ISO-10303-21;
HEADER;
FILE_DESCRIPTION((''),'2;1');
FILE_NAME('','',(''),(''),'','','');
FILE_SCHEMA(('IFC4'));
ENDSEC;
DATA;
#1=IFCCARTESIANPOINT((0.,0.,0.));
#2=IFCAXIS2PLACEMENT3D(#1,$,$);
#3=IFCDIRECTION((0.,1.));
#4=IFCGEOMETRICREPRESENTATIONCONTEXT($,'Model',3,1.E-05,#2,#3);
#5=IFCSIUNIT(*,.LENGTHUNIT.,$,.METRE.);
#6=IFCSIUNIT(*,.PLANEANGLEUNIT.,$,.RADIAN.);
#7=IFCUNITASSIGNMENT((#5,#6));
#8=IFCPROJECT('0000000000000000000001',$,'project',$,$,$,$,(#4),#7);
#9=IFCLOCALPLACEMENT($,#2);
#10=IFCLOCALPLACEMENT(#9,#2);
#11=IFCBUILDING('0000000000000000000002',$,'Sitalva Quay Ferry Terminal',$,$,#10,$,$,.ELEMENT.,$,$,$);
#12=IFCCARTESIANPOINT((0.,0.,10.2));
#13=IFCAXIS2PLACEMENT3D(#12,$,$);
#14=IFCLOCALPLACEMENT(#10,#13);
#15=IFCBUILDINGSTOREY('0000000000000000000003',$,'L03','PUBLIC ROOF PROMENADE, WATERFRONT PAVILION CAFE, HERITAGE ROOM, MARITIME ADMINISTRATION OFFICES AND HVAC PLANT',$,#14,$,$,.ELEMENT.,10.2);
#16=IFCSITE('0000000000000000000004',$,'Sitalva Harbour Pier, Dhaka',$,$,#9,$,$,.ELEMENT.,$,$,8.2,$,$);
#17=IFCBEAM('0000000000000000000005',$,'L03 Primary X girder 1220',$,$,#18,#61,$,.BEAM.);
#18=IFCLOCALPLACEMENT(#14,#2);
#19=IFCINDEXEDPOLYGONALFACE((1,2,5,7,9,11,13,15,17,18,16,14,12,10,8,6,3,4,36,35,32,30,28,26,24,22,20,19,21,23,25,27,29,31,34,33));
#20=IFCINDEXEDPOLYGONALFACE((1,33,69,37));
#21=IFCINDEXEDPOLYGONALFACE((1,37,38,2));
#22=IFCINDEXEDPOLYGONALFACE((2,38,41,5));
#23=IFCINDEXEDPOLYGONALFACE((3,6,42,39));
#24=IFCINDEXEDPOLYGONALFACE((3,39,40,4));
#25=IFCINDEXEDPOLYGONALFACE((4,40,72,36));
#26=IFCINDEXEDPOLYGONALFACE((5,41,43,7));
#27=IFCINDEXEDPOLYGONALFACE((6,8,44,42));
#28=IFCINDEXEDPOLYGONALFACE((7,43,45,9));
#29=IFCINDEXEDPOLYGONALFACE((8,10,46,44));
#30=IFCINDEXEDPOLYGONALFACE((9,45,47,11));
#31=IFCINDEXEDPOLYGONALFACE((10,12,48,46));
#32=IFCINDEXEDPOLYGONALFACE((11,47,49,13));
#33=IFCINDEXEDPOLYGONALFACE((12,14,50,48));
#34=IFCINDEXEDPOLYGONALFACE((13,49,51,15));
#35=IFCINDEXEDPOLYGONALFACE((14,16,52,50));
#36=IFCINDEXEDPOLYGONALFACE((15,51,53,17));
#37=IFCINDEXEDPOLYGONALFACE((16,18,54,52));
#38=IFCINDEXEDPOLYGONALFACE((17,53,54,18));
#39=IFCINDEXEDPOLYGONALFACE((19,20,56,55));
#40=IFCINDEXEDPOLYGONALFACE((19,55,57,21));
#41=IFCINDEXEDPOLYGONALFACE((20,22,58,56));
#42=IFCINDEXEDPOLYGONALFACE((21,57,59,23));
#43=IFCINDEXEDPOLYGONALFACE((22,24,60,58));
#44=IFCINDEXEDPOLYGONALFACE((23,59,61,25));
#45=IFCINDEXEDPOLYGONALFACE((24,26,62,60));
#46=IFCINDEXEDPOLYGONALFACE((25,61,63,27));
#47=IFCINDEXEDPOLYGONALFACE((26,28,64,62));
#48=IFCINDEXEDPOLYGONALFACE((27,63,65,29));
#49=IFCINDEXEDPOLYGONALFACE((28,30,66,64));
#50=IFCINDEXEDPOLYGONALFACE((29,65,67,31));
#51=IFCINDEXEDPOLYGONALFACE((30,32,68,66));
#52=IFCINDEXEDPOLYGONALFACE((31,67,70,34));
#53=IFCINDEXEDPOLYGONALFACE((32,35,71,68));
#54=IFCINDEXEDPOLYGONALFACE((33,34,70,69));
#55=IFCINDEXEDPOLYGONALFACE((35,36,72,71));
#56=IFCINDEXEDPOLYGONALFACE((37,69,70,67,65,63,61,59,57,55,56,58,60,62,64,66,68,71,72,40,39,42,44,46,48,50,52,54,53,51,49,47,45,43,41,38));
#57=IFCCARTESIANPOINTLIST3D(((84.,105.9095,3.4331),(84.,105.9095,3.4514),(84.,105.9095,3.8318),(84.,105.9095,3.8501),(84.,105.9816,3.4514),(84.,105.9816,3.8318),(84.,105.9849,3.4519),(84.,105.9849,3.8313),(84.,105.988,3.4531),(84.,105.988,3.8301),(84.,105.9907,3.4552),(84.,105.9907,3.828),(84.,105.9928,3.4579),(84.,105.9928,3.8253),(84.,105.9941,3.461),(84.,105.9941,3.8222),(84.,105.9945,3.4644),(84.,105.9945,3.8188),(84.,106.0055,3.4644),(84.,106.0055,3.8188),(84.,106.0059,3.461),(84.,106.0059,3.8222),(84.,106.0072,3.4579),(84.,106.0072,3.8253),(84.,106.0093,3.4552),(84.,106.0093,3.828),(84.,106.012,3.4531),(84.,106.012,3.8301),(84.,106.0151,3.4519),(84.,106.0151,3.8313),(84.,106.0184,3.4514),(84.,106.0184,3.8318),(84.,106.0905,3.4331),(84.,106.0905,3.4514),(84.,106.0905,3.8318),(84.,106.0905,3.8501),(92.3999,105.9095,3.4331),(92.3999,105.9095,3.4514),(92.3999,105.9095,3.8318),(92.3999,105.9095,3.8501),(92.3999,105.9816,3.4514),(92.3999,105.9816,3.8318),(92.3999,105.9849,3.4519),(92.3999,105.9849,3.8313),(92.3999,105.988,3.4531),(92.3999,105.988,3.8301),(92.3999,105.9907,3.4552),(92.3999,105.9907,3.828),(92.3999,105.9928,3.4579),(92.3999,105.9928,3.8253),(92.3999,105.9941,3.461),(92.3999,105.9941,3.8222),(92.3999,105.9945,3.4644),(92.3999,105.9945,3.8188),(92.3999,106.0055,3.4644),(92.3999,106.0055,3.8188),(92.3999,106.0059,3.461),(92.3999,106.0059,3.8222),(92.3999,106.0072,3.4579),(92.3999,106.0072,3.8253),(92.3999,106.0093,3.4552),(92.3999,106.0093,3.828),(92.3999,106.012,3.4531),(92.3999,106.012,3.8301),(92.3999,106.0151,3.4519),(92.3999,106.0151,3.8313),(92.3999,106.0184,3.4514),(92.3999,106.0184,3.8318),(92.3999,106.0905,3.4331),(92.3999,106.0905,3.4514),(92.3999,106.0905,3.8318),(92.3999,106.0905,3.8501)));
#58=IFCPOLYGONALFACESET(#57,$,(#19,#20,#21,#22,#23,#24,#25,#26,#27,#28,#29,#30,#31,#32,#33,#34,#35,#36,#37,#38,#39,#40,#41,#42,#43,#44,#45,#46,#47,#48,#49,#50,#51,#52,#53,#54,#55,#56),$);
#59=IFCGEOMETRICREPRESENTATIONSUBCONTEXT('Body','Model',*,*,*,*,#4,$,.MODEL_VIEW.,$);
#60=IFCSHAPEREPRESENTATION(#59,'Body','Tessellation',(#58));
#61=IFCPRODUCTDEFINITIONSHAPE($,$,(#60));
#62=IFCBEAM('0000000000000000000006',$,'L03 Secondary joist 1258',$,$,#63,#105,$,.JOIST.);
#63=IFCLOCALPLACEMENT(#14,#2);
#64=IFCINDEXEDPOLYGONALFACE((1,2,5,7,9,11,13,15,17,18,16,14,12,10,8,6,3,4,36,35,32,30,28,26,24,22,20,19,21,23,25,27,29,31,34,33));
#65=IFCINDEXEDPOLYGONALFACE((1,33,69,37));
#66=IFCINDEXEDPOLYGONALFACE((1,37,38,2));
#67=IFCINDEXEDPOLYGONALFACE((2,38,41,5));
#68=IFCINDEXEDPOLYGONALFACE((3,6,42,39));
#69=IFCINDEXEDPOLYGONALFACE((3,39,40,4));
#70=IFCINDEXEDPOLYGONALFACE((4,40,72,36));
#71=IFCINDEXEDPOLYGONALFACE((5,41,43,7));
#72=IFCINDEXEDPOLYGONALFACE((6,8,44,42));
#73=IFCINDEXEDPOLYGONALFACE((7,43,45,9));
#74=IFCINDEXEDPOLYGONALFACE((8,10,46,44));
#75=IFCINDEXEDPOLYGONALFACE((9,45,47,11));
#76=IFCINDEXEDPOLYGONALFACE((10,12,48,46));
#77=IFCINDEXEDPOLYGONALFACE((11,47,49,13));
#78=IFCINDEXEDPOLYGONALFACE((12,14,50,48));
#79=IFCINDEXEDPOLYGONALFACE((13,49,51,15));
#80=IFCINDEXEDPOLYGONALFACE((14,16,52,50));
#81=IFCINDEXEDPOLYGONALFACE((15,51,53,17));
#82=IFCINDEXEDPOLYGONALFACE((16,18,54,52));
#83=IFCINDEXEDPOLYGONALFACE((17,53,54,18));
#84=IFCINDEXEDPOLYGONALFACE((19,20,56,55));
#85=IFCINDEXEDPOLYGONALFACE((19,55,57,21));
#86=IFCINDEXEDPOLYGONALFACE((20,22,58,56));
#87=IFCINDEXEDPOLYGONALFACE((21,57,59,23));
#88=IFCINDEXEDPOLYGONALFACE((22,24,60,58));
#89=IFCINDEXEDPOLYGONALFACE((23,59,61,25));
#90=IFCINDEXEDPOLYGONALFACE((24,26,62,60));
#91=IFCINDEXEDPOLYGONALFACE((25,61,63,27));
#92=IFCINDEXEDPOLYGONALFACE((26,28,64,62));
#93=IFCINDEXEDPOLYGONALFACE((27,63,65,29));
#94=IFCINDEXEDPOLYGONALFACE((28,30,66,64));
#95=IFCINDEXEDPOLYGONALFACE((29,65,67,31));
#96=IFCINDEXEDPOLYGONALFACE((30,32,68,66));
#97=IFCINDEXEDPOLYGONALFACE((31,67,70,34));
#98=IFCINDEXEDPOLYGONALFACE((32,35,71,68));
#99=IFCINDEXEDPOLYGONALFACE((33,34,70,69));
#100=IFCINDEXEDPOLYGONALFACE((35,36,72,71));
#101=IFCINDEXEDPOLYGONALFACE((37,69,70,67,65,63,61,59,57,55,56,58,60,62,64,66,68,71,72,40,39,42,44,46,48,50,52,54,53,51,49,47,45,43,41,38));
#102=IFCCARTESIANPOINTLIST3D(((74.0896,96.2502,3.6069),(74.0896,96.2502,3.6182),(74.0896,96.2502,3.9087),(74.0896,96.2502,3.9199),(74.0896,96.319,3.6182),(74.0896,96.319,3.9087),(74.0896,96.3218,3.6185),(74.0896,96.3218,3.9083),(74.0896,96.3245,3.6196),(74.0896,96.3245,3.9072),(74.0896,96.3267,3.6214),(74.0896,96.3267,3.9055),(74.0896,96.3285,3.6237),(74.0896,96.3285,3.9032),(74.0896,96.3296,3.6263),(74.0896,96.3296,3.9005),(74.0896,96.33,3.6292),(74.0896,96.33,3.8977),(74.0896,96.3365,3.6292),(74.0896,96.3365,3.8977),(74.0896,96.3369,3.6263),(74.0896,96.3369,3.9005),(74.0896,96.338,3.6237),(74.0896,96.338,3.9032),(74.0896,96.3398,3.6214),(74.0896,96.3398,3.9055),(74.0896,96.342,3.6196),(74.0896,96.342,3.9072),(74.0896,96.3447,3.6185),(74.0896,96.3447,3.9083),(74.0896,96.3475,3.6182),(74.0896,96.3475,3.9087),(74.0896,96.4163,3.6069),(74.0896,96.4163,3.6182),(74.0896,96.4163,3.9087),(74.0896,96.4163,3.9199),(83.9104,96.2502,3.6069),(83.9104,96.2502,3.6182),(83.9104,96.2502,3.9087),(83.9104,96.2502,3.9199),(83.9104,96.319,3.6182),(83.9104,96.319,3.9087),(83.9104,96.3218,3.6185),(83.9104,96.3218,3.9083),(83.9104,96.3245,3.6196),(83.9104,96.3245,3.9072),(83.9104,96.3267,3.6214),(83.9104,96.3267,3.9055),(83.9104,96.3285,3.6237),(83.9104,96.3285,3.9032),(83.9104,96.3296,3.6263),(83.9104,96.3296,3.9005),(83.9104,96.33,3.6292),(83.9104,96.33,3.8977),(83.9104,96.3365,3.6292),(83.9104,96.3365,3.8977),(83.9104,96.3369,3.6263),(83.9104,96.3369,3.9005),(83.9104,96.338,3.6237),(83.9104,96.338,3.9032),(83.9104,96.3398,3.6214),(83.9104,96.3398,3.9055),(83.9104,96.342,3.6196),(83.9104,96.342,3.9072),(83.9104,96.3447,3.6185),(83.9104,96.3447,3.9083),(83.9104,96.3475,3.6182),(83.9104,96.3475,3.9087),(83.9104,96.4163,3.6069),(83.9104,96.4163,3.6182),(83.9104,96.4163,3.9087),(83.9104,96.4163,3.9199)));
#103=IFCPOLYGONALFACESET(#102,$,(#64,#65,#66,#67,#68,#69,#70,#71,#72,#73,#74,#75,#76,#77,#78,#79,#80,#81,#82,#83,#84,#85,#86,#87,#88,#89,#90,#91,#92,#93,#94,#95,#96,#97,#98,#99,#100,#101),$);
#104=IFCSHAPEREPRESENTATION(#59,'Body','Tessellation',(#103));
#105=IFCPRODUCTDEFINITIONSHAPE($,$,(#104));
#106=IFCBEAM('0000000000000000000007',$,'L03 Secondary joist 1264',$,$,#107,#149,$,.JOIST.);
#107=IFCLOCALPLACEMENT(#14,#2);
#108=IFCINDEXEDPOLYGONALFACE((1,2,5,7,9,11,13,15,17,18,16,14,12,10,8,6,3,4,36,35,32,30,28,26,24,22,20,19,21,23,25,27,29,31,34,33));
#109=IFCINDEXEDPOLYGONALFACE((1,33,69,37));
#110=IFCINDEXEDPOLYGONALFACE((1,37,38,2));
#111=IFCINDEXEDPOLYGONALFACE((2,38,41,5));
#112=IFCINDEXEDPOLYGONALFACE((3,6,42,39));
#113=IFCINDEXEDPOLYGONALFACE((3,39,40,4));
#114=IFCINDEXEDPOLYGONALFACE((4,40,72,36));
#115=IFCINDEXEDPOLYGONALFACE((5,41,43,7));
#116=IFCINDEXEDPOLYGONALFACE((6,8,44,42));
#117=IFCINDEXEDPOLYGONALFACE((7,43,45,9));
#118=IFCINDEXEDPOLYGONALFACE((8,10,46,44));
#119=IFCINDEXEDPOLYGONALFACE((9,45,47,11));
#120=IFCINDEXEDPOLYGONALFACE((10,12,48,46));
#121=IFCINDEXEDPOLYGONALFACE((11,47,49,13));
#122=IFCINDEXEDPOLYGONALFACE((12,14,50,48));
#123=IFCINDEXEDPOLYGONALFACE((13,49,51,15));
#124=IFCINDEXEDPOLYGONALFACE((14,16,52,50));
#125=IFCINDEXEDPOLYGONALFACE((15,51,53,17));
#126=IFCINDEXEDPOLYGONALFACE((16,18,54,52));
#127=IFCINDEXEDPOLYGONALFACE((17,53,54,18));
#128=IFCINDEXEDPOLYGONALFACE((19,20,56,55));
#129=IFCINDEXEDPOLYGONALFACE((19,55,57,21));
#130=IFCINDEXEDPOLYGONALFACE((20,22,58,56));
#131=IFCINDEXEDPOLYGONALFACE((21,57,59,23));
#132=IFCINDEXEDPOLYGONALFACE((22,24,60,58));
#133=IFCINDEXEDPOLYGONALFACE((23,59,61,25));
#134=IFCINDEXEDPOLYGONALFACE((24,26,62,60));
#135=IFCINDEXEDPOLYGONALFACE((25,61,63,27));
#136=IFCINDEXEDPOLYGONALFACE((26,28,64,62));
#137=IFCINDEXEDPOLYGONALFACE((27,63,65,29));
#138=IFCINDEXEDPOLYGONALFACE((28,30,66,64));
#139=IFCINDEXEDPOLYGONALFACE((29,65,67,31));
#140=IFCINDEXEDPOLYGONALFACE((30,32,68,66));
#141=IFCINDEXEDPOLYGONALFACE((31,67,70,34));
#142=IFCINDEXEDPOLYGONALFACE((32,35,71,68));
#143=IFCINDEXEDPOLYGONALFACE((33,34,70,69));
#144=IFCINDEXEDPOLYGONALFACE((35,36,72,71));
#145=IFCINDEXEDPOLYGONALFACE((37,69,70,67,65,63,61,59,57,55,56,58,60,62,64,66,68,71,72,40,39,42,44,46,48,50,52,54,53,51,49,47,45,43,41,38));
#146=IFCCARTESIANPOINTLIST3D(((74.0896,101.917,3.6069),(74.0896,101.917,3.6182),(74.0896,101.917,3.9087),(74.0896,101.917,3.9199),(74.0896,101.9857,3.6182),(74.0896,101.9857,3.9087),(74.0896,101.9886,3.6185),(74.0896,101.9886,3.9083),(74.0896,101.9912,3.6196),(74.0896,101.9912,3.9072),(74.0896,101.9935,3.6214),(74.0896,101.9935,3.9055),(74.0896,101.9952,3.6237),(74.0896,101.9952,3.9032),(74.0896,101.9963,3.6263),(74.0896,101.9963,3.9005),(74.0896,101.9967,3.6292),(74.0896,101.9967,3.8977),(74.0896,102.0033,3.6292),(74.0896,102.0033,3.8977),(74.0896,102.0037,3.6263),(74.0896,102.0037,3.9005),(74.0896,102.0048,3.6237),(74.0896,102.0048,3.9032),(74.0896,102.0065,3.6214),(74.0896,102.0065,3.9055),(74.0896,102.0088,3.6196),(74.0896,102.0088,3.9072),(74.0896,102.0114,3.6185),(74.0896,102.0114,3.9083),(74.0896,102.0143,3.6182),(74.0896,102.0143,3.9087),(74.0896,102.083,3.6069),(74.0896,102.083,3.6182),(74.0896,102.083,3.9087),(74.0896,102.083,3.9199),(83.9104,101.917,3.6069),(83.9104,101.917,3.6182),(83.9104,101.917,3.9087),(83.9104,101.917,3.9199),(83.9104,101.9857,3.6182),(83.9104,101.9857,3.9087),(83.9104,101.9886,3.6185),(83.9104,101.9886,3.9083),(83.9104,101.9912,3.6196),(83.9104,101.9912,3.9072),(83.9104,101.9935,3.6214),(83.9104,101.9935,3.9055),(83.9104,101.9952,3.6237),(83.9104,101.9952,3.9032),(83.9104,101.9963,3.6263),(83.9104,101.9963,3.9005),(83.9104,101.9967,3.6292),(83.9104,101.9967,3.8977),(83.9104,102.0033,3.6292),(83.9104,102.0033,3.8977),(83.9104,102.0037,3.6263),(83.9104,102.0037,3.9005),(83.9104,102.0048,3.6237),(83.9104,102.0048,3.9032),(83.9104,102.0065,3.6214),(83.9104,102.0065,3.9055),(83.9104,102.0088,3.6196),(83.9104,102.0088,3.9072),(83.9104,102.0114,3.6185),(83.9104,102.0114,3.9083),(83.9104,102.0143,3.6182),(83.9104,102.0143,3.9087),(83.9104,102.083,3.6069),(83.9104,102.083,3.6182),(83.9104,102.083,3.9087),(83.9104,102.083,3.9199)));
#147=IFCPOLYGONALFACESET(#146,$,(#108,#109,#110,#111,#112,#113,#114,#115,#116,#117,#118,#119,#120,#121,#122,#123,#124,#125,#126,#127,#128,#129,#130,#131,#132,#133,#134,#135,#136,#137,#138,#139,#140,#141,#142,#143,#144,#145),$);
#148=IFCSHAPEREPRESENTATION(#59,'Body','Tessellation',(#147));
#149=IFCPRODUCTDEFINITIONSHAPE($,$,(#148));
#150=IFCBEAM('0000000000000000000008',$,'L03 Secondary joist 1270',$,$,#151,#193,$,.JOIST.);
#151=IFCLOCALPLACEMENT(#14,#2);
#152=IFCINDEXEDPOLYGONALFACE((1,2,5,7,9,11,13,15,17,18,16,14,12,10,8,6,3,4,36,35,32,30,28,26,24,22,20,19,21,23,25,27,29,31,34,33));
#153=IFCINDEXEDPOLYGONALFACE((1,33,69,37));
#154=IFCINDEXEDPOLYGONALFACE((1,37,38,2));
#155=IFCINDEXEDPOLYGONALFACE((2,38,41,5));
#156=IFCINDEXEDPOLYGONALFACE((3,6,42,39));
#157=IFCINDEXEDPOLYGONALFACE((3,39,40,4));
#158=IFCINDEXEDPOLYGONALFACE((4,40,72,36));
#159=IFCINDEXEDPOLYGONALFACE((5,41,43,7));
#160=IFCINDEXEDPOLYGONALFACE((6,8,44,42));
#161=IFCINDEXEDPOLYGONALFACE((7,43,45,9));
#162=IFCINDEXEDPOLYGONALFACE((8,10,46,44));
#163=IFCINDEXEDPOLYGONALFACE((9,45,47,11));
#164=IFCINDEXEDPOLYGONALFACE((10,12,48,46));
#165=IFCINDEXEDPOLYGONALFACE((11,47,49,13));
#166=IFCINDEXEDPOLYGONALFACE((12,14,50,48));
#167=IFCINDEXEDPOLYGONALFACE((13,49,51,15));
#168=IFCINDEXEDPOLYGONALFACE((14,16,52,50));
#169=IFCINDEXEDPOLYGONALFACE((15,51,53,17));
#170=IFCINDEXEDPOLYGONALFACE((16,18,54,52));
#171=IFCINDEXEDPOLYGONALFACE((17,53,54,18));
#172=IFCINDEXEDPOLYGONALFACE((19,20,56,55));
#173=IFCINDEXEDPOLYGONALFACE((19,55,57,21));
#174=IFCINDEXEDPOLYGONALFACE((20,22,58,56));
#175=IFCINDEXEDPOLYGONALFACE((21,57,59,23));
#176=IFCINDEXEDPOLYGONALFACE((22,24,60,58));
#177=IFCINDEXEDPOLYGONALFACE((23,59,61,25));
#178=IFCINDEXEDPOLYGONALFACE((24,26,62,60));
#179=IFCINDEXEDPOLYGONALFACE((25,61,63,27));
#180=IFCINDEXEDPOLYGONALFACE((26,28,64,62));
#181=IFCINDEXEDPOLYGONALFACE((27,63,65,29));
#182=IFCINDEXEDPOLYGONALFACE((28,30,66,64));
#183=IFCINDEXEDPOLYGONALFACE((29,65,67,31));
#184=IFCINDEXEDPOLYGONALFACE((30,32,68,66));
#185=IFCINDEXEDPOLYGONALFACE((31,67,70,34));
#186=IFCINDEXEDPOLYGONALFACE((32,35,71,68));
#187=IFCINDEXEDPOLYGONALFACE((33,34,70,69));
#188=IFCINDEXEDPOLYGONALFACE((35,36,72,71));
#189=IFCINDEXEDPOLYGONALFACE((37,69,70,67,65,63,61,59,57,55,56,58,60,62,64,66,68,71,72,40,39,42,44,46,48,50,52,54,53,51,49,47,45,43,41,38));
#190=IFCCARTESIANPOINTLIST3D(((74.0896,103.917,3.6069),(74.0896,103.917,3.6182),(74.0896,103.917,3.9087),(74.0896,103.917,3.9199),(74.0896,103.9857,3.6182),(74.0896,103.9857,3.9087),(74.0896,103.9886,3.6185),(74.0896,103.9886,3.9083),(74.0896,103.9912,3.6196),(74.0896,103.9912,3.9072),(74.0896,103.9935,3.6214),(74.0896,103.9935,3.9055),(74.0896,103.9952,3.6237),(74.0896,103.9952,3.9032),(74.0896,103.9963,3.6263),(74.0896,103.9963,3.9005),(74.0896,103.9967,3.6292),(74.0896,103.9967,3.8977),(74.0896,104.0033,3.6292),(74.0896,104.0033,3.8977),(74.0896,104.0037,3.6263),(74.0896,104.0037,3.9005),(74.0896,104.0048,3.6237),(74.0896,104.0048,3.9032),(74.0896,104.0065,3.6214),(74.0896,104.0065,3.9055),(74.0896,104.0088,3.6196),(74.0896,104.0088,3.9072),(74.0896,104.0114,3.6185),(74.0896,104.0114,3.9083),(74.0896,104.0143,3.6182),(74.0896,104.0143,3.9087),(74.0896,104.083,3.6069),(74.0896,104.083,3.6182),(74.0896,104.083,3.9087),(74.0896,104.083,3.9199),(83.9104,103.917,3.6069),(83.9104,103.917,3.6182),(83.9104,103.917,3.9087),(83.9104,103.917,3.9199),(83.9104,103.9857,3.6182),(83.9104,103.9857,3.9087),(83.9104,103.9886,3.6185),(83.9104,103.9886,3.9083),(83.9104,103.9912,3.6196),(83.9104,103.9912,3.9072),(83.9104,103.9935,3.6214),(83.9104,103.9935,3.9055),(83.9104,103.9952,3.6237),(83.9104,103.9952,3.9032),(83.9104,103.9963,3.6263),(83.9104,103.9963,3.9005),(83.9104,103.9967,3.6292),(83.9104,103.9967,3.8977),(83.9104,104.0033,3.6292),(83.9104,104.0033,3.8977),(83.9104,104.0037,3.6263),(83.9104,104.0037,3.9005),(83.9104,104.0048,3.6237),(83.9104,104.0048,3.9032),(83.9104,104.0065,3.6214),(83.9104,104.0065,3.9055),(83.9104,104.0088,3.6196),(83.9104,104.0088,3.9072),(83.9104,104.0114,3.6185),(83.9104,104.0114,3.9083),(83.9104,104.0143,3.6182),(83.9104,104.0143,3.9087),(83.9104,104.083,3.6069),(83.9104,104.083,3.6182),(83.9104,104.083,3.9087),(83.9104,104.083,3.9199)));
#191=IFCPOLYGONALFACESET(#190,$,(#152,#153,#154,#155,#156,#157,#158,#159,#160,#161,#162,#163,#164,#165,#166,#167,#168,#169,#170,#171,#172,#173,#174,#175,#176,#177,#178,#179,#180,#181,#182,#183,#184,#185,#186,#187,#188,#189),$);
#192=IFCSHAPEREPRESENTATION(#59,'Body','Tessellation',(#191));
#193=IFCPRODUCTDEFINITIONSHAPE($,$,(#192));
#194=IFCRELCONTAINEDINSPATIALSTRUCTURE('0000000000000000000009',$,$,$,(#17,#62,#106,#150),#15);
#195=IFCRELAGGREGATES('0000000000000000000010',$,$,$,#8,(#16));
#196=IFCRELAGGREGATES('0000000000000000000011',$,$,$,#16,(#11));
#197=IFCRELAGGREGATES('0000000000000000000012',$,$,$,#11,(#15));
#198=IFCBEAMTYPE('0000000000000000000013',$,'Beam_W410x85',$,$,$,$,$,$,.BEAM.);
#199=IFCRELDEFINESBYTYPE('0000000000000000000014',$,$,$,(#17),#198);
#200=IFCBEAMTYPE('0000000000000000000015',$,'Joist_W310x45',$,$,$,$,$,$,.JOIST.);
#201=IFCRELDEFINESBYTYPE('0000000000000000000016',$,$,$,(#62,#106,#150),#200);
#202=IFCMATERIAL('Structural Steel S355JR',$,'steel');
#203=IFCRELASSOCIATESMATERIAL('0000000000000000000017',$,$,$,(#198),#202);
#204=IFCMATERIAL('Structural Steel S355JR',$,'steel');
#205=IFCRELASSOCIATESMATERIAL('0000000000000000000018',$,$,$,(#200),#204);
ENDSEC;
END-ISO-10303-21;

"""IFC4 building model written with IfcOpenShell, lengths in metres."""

from ifc_helpers import new_model, si_unit, direction, frame, origin, origin_2d, place, context, subcontext, project, spatial, i_section, extrude, material, material_profile, profile_set, type_object, element, save


model = new_model("IFC4")

# Units and contexts
model_context = context("Model", 3, precision=1e-05, world=origin(), true_north=direction((0.0, 1.0)))
body_context = subcontext(model_context, "Body", "Model", "MODEL_VIEW")
ifc_project = project(units=[si_unit("LENGTHUNIT", "METRE"), si_unit("PLANEANGLEUNIT", "RADIAN")], contexts=[model_context])

# Site, building, storey
site_placement = place(None, origin())
site = spatial("IfcSite", under=ifc_project, at=site_placement, Name="Sitalva Harbour Pier, Dhaka", CompositionType="ELEMENT", RefElevation=8.2)
building_placement = place(site_placement, origin())
building = spatial("IfcBuilding", under=site, at=building_placement, Name="Sitalva Quay Ferry Terminal", CompositionType="ELEMENT")
storey_placement = place(building_placement, frame((0.0, 0.0, 10.2)))
storey = spatial("IfcBuildingStorey", under=building, at=storey_placement, Name="L03", Description="PUBLIC ROOF PROMENADE, WATERFRONT PAVILION CAFE, HERITAGE ROOM, MARITIME ADMINISTRATION OFFICES AND HVAC PLANT", CompositionType="ELEMENT", Elevation=10.2)

# Beams
ifc_material_1 = material(Name="Structural Steel S355JR", Category="steel")
ifc_material_profile_1 = material_profile(ifc_material_1, i_section(OverallWidth=0.1809, OverallDepth=0.417, WebThickness=0.011, FlangeThickness=0.0183, FilletRadius=0.0129, at=origin_2d()), Name="W410x85")
ifc_profile_set_1 = profile_set([ifc_material_profile_1], Name="Structural Steel S355JR")
beam_type_1 = type_object("IfcBeamType", Name="Beam_W410x85", PredefinedType="BEAM", material=ifc_profile_set_1)
for number, where, z_axis, x_axis, name in (
    (1, (84.0, 106.0, 3.6416), (1.0, 0.0, 0.0), (0.0, 1.0, 0.0), "L03 Primary X girder 1220"),
):
    element("IfcBeam", number, at=place(storey_placement, frame(where, z_axis=z_axis, x_axis=x_axis)), inside=storey, type_object=beam_type_1, Name=name, PredefinedType="BEAM", context=body_context, shape_type="SweptSolid", body=[
        extrude(i_section(OverallWidth=0.1809, OverallDepth=0.417, WebThickness=0.011, FlangeThickness=0.0183, FilletRadius=0.0129, at=origin_2d()), origin(), (0.0, 0.0, 1.0), 8.3999),
    ])
ifc_material_2 = material(Name="Structural Steel S355JR", Category="steel")
ifc_material_profile_2 = material_profile(ifc_material_2, i_section(OverallWidth=0.166, OverallDepth=0.313, WebThickness=0.0066, FlangeThickness=0.0112, FilletRadius=0.011, at=origin_2d()), Name="W310x45")
ifc_profile_set_2 = profile_set([ifc_material_profile_2], Name="Structural Steel S355JR")
beam_type_2 = type_object("IfcBeamType", Name="Joist_W310x45", PredefinedType="JOIST", material=ifc_profile_set_2)
for number, where, z_axis, x_axis, name in (
    (2, (74.0896, 96.3333, 3.7634), (1.0, 0.0, 0.0), (0.0, 1.0, 0.0), "L03 Secondary joist 1258"),
    (3, (74.0896, 102.0, 3.7634), (1.0, 0.0, 0.0), (0.0, 1.0, 0.0), "L03 Secondary joist 1264"),
    (4, (74.0896, 104.0, 3.7634), (1.0, 0.0, 0.0), (0.0, 1.0, 0.0), "L03 Secondary joist 1270"),
):
    element("IfcBeam", number, at=place(storey_placement, frame(where, z_axis=z_axis, x_axis=x_axis)), inside=storey, type_object=beam_type_2, Name=name, PredefinedType="JOIST", context=body_context, shape_type="SweptSolid", body=[
        extrude(i_section(OverallWidth=0.166, OverallDepth=0.313, WebThickness=0.0066, FlangeThickness=0.0112, FilletRadius=0.011, at=origin_2d()), origin(), (0.0, 0.0, 1.0), 9.8208),
    ])

save(model, "model.ifc")
